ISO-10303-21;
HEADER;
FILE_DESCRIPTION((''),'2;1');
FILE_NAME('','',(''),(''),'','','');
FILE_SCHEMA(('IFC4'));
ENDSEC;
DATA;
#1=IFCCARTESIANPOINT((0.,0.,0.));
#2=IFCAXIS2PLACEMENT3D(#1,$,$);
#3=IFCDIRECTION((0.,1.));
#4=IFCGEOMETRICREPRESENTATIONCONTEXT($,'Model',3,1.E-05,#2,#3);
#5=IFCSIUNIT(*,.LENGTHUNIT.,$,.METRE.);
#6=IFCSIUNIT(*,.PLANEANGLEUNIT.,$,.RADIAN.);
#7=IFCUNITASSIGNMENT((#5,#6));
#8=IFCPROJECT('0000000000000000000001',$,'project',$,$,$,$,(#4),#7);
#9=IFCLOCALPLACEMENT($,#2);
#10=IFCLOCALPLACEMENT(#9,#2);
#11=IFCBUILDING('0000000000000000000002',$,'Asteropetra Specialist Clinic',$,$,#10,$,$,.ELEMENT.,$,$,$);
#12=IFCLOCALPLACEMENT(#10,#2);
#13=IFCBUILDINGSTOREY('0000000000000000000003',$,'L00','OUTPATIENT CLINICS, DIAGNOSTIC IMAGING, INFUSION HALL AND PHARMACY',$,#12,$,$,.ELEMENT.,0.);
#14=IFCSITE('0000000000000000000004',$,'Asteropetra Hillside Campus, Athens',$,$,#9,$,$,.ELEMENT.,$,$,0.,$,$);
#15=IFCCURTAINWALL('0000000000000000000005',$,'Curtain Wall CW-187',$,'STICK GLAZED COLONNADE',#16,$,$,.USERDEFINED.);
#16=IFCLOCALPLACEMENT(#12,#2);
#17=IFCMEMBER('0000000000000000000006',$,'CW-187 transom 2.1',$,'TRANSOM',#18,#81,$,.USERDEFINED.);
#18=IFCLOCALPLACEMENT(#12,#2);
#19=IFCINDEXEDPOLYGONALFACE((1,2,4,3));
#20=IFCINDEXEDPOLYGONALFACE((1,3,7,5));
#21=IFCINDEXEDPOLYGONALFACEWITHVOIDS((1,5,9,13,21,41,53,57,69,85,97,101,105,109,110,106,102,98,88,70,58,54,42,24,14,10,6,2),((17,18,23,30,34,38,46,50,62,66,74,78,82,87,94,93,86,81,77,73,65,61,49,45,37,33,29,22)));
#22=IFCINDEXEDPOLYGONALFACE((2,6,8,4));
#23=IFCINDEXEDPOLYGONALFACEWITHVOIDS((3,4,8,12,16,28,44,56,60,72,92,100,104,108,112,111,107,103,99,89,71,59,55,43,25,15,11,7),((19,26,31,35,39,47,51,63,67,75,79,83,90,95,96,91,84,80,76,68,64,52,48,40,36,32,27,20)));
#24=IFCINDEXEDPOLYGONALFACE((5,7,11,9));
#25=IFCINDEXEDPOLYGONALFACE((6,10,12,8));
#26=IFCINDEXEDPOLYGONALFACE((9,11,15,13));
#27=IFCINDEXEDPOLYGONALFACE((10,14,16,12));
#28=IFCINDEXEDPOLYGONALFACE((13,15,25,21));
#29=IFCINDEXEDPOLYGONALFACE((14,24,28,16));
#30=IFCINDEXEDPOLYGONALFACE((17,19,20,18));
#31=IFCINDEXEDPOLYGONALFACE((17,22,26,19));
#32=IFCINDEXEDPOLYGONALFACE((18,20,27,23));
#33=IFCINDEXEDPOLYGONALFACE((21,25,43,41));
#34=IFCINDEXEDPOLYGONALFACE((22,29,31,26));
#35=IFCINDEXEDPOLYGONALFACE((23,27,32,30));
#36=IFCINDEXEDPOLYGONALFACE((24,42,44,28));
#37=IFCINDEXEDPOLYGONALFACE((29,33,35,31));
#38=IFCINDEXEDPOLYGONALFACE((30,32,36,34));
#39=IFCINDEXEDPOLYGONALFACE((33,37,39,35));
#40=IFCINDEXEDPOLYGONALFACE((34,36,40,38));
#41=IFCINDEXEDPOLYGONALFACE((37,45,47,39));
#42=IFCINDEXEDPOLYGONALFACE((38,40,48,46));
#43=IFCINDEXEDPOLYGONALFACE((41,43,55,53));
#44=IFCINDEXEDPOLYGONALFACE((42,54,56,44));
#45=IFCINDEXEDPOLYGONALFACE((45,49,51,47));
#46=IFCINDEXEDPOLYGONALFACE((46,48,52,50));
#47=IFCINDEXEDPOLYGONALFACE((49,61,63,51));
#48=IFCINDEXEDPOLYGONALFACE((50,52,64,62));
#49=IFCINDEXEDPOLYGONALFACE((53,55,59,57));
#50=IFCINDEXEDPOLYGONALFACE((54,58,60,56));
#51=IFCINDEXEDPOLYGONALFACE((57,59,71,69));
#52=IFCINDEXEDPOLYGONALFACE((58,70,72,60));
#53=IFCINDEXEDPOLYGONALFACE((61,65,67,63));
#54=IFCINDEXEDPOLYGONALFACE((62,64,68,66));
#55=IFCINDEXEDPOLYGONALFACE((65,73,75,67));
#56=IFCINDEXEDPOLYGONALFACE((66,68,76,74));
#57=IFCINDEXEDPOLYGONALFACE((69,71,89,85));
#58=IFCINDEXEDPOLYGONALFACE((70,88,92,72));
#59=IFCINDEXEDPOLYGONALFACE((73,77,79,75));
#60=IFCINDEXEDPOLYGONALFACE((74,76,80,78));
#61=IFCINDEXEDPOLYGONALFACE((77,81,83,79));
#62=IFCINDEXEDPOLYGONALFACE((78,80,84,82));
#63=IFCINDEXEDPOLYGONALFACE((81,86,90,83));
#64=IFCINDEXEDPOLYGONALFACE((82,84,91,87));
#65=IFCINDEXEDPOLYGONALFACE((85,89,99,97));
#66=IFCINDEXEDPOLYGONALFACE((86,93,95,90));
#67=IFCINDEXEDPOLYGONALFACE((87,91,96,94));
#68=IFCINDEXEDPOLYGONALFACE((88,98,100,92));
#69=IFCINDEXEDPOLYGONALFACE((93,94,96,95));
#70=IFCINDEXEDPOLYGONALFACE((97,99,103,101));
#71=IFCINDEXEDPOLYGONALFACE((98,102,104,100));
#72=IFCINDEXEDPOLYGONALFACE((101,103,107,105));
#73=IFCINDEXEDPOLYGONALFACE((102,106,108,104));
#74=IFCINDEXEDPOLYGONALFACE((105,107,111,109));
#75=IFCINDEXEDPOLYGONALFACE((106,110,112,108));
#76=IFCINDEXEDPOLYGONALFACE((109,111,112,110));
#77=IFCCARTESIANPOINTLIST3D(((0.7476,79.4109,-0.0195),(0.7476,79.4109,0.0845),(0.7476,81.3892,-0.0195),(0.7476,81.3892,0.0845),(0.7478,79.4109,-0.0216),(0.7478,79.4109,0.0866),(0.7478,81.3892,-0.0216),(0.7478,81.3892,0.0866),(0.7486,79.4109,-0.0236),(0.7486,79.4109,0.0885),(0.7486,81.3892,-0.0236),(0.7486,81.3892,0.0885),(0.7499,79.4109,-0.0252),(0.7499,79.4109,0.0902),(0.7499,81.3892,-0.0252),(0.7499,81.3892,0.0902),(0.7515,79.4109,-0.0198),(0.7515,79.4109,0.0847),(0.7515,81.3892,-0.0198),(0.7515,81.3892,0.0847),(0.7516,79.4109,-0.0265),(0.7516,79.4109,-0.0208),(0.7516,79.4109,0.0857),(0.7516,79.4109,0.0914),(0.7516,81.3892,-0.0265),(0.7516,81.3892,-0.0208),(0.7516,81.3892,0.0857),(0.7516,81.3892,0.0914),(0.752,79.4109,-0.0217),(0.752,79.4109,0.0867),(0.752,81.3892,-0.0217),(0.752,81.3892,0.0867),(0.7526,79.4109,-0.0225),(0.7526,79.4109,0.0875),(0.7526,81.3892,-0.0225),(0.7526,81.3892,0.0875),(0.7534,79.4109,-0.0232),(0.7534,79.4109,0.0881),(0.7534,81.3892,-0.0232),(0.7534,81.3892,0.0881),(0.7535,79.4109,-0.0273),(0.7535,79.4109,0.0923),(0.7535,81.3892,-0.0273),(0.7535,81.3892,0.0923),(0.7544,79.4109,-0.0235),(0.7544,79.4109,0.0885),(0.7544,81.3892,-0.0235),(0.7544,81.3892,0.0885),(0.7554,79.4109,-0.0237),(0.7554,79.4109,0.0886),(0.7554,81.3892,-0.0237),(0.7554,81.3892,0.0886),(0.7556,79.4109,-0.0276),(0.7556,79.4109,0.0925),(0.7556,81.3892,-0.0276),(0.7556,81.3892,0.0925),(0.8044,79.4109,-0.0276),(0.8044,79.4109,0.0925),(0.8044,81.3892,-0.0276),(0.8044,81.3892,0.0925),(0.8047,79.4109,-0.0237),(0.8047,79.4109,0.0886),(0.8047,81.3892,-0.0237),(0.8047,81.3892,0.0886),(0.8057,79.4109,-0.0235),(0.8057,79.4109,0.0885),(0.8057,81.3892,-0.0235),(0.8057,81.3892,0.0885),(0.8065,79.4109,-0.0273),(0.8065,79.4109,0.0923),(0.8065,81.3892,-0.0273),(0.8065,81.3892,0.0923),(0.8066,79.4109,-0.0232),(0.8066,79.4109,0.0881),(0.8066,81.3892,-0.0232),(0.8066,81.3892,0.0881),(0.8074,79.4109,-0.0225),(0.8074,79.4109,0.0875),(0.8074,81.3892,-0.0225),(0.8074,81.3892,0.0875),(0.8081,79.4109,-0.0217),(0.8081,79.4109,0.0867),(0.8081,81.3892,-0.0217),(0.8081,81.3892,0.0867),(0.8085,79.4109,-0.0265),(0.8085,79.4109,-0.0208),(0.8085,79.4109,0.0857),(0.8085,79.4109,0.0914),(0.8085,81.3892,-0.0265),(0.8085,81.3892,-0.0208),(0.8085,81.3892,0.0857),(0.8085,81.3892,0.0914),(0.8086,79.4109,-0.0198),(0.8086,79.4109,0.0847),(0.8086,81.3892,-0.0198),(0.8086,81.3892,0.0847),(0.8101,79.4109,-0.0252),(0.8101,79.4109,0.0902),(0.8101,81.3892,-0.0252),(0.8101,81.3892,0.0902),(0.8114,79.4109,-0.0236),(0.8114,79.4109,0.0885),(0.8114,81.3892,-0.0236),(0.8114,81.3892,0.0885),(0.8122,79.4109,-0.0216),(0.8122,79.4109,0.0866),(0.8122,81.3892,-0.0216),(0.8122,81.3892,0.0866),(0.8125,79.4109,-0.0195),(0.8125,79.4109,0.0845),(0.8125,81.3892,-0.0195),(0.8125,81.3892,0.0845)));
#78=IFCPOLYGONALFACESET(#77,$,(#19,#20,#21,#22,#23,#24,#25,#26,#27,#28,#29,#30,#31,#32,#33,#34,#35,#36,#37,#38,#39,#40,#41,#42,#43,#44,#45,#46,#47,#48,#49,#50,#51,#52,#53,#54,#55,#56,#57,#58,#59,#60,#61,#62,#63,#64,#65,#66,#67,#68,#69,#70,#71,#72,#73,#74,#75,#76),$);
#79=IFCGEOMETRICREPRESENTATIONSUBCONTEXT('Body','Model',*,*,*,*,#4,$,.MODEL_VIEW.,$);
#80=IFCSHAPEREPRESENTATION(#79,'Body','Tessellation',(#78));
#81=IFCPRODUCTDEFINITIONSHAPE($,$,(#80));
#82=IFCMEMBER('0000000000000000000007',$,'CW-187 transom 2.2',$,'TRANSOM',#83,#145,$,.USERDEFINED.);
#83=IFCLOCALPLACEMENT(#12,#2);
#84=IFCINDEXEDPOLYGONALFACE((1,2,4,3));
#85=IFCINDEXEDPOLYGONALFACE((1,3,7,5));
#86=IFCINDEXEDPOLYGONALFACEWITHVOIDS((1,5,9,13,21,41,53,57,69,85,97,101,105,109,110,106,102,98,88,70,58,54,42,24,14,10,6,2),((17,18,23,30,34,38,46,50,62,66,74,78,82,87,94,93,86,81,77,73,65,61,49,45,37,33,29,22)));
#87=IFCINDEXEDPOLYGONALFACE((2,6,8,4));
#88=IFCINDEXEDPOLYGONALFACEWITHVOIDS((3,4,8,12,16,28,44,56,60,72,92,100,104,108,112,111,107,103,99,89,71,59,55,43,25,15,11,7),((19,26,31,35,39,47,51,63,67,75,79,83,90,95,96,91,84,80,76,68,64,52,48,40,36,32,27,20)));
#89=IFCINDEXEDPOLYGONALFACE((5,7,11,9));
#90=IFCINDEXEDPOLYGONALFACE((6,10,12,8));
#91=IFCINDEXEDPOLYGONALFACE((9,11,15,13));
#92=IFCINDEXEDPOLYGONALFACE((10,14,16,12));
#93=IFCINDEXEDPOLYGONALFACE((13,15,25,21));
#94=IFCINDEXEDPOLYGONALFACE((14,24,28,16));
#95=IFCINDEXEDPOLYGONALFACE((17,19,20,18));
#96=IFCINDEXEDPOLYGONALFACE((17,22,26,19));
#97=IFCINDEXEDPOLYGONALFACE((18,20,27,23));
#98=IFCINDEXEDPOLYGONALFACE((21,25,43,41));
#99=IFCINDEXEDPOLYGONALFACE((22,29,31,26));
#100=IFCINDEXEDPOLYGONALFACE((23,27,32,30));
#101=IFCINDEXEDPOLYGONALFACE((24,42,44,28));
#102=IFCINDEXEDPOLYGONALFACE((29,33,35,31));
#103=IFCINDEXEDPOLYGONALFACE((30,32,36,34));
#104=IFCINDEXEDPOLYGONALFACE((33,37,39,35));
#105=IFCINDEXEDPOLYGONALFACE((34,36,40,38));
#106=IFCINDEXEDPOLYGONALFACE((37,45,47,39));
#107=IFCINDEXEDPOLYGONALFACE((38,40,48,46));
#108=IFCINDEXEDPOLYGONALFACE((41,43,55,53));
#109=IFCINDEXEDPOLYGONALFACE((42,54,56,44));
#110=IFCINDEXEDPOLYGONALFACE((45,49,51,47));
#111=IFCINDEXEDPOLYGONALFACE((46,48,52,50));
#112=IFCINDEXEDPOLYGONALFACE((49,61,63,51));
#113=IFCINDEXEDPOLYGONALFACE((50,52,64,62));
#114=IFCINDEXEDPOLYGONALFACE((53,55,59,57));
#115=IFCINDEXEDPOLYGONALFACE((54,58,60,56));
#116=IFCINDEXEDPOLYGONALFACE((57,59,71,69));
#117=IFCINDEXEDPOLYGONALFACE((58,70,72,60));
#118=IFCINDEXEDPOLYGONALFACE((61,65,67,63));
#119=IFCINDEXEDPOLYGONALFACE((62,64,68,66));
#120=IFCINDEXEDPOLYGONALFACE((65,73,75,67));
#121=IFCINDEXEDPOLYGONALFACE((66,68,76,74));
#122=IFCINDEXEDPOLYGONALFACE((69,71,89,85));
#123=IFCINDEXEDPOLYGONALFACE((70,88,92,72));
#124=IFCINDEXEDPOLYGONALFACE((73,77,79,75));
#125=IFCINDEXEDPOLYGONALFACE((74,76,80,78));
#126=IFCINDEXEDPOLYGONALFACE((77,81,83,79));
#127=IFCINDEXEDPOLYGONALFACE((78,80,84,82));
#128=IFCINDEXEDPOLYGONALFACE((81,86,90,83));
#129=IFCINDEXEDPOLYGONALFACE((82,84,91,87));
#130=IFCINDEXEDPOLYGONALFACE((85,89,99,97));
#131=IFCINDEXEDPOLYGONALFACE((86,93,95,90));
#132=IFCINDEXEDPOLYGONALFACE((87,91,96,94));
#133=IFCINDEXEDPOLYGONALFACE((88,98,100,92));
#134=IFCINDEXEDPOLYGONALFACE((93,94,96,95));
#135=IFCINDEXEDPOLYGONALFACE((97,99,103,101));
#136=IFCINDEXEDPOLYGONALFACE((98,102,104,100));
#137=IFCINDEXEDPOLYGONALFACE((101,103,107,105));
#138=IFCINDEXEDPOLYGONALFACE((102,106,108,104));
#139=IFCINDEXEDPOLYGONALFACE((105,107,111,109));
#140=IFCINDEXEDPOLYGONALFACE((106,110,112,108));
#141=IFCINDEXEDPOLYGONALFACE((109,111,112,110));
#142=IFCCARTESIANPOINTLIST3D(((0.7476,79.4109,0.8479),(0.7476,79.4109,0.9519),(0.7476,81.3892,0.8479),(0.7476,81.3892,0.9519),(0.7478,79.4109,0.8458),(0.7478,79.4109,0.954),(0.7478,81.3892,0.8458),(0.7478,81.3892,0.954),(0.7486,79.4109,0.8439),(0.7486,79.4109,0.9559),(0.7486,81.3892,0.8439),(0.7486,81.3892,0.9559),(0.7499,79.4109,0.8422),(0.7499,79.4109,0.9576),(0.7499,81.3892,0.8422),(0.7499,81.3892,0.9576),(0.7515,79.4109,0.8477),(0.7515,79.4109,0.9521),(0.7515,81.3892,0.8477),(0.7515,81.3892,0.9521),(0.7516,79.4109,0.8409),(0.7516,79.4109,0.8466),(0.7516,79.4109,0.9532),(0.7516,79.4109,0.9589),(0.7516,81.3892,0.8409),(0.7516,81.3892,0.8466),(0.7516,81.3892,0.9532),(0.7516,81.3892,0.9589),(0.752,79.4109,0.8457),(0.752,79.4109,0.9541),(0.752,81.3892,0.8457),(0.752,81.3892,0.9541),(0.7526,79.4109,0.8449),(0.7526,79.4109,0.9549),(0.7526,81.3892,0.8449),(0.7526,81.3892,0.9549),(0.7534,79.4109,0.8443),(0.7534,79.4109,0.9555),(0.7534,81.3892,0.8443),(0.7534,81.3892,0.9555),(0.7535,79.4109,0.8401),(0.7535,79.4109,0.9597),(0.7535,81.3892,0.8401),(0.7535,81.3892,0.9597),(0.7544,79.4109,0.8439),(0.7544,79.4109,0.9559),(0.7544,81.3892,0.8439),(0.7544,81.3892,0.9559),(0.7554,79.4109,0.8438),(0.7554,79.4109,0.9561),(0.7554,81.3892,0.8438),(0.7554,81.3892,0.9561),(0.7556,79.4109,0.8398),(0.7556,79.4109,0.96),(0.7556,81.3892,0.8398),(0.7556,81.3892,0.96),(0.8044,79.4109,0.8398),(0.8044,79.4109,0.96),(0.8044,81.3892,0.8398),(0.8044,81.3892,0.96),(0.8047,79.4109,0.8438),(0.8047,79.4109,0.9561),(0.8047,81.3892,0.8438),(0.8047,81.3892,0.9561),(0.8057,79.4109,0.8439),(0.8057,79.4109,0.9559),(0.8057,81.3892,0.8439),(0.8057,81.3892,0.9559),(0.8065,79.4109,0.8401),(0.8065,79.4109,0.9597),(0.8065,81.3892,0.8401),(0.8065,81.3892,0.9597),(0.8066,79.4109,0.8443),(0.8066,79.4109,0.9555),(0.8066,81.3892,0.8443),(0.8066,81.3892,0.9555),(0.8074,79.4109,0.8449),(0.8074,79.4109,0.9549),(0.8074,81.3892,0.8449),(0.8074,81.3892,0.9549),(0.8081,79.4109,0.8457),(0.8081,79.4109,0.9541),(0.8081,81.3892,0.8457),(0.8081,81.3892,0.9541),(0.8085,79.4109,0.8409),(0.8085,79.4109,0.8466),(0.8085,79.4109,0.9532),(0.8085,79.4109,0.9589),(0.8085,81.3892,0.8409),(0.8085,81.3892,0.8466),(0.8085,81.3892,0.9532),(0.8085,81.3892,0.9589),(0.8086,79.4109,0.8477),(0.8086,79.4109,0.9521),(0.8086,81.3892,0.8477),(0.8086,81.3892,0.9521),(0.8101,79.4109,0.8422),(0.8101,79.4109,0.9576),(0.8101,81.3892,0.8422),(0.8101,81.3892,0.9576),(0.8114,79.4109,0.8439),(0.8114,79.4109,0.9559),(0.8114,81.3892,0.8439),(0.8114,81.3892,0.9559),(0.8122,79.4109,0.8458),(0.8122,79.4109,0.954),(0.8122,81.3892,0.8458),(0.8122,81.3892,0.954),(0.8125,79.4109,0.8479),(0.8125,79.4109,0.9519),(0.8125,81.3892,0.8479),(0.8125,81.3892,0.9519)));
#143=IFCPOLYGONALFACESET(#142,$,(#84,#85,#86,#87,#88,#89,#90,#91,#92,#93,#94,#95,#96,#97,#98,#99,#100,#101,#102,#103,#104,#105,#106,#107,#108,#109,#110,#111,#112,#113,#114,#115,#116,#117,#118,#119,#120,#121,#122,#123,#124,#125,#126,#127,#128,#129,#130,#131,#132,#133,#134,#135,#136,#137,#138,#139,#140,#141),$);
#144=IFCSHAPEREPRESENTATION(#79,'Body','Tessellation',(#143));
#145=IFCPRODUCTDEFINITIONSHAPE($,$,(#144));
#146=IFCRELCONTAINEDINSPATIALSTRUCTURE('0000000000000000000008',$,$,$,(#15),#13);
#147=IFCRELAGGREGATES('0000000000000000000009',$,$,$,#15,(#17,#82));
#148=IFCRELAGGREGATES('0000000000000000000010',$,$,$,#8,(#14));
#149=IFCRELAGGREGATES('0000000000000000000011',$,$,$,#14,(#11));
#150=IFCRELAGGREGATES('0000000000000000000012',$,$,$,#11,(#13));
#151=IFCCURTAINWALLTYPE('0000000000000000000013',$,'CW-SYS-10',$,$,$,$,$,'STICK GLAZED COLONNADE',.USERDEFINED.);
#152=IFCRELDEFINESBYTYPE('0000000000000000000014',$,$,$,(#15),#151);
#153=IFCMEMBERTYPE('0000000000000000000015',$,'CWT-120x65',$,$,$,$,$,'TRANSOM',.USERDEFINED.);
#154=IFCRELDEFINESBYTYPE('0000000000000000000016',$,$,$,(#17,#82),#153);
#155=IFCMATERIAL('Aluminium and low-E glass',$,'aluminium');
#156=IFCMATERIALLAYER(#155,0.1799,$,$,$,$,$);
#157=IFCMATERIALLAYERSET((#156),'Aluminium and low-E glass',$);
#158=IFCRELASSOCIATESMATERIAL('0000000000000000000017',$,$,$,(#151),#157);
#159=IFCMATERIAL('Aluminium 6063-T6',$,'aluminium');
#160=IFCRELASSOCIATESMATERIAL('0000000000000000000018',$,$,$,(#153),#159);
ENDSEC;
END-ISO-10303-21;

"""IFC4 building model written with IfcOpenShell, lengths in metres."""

from ifc_helpers import new_model, si_unit, direction, frame, origin, origin_2d, place, context, subcontext, project, spatial, hollow_rectangle, extrude, material, layer, layer_set, material_profile, profile_set, type_object, element, aggregate, save


model = new_model("IFC4")

# Units and contexts
model_context = context("Model", 3, precision=1e-05, world=origin(), true_north=direction((0.0, 1.0)))
body_context = subcontext(model_context, "Body", "Model", "MODEL_VIEW")
ifc_project = project(units=[si_unit("LENGTHUNIT", "METRE"), si_unit("PLANEANGLEUNIT", "RADIAN")], contexts=[model_context])

# Site, building, storey
site_placement = place(None, origin())
site = spatial("IfcSite", under=ifc_project, at=site_placement, Name="Asteropetra Hillside Campus, Athens", CompositionType="ELEMENT", RefElevation=0.0)
building_placement = place(site_placement, origin())
building = spatial("IfcBuilding", under=site, at=building_placement, Name="Asteropetra Specialist Clinic", CompositionType="ELEMENT")
storey_placement = place(building_placement, origin())
storey = spatial("IfcBuildingStorey", under=building, at=storey_placement, Name="L00", Description="OUTPATIENT CLINICS, DIAGNOSTIC IMAGING, INFUSION HALL AND PHARMACY", CompositionType="ELEMENT", Elevation=0.0)

# Curtain wall, members
ifc_material_1 = material(Name="Aluminium and low-E glass", Category="aluminium")
ifc_layer_1 = layer(ifc_material_1, 0.1799)
ifc_layer_set_1 = layer_set([ifc_layer_1], Name="Aluminium and low-E glass")
curtain_wall_type = type_object("IfcCurtainWallType", Name="CW-SYS-10", ElementType="STICK GLAZED COLONNADE", PredefinedType="USERDEFINED", material=ifc_layer_set_1)
curtain_wall_placement = place(storey_placement, origin())
curtain_wall = element("IfcCurtainWall", 1, at=curtain_wall_placement, inside=storey, type_object=curtain_wall_type, Name="Curtain Wall CW-187", ObjectType="STICK GLAZED COLONNADE", PredefinedType="USERDEFINED")
ifc_material_2 = material(Name="Aluminium 6063-T6", Category="aluminium")
ifc_material_profile_1 = material_profile(ifc_material_2, hollow_rectangle(XDim=0.0649, YDim=0.1201, WallThickness=0.0039, InnerFilletRadius=0.0039, OuterFilletRadius=0.0081, at=origin_2d()), Name="TRN 120x65x4.0")
ifc_profile_set_1 = profile_set([ifc_material_profile_1], Name="Aluminium 6063-T6")
member_type_1 = type_object("IfcMemberType", Name="CWT-120x65", ElementType="TRANSOM", PredefinedType="USERDEFINED", material=ifc_profile_set_1)
member_1_placement = place(storey_placement, frame((0.78, 81.3892, 0.0325), z_axis=(0.0, -1.0, 0.0), x_axis=(1.0, 0.0, 0.0)))
member_1 = element("IfcMember", 2, at=member_1_placement, type_object=member_type_1, Name="CW-187 transom 2.1", ObjectType="TRANSOM", PredefinedType="USERDEFINED", context=body_context, shape_type="SweptSolid", body=[
    extrude(hollow_rectangle(XDim=0.0649, YDim=0.1201, WallThickness=0.0039, InnerFilletRadius=0.0039, OuterFilletRadius=0.0081, at=origin_2d()), origin(), (0.0, 0.0, 1.0), 1.9783),
])
member_2_placement = place(storey_placement, frame((0.78, 81.3892, 0.8999), z_axis=(0.0, -1.0, 0.0), x_axis=(1.0, 0.0, 0.0)))
member_2 = element("IfcMember", 3, at=member_2_placement, type_object=member_type_1, Name="CW-187 transom 2.2", ObjectType="TRANSOM", PredefinedType="USERDEFINED", context=body_context, shape_type="SweptSolid", body=[
    extrude(hollow_rectangle(XDim=0.0649, YDim=0.1201, WallThickness=0.0039, InnerFilletRadius=0.0039, OuterFilletRadius=0.0081, at=origin_2d()), origin(), (0.0, 0.0, 1.0), 1.9783),
])
aggregate(curtain_wall, [member_1, member_2])

save(model, "model.ifc")
